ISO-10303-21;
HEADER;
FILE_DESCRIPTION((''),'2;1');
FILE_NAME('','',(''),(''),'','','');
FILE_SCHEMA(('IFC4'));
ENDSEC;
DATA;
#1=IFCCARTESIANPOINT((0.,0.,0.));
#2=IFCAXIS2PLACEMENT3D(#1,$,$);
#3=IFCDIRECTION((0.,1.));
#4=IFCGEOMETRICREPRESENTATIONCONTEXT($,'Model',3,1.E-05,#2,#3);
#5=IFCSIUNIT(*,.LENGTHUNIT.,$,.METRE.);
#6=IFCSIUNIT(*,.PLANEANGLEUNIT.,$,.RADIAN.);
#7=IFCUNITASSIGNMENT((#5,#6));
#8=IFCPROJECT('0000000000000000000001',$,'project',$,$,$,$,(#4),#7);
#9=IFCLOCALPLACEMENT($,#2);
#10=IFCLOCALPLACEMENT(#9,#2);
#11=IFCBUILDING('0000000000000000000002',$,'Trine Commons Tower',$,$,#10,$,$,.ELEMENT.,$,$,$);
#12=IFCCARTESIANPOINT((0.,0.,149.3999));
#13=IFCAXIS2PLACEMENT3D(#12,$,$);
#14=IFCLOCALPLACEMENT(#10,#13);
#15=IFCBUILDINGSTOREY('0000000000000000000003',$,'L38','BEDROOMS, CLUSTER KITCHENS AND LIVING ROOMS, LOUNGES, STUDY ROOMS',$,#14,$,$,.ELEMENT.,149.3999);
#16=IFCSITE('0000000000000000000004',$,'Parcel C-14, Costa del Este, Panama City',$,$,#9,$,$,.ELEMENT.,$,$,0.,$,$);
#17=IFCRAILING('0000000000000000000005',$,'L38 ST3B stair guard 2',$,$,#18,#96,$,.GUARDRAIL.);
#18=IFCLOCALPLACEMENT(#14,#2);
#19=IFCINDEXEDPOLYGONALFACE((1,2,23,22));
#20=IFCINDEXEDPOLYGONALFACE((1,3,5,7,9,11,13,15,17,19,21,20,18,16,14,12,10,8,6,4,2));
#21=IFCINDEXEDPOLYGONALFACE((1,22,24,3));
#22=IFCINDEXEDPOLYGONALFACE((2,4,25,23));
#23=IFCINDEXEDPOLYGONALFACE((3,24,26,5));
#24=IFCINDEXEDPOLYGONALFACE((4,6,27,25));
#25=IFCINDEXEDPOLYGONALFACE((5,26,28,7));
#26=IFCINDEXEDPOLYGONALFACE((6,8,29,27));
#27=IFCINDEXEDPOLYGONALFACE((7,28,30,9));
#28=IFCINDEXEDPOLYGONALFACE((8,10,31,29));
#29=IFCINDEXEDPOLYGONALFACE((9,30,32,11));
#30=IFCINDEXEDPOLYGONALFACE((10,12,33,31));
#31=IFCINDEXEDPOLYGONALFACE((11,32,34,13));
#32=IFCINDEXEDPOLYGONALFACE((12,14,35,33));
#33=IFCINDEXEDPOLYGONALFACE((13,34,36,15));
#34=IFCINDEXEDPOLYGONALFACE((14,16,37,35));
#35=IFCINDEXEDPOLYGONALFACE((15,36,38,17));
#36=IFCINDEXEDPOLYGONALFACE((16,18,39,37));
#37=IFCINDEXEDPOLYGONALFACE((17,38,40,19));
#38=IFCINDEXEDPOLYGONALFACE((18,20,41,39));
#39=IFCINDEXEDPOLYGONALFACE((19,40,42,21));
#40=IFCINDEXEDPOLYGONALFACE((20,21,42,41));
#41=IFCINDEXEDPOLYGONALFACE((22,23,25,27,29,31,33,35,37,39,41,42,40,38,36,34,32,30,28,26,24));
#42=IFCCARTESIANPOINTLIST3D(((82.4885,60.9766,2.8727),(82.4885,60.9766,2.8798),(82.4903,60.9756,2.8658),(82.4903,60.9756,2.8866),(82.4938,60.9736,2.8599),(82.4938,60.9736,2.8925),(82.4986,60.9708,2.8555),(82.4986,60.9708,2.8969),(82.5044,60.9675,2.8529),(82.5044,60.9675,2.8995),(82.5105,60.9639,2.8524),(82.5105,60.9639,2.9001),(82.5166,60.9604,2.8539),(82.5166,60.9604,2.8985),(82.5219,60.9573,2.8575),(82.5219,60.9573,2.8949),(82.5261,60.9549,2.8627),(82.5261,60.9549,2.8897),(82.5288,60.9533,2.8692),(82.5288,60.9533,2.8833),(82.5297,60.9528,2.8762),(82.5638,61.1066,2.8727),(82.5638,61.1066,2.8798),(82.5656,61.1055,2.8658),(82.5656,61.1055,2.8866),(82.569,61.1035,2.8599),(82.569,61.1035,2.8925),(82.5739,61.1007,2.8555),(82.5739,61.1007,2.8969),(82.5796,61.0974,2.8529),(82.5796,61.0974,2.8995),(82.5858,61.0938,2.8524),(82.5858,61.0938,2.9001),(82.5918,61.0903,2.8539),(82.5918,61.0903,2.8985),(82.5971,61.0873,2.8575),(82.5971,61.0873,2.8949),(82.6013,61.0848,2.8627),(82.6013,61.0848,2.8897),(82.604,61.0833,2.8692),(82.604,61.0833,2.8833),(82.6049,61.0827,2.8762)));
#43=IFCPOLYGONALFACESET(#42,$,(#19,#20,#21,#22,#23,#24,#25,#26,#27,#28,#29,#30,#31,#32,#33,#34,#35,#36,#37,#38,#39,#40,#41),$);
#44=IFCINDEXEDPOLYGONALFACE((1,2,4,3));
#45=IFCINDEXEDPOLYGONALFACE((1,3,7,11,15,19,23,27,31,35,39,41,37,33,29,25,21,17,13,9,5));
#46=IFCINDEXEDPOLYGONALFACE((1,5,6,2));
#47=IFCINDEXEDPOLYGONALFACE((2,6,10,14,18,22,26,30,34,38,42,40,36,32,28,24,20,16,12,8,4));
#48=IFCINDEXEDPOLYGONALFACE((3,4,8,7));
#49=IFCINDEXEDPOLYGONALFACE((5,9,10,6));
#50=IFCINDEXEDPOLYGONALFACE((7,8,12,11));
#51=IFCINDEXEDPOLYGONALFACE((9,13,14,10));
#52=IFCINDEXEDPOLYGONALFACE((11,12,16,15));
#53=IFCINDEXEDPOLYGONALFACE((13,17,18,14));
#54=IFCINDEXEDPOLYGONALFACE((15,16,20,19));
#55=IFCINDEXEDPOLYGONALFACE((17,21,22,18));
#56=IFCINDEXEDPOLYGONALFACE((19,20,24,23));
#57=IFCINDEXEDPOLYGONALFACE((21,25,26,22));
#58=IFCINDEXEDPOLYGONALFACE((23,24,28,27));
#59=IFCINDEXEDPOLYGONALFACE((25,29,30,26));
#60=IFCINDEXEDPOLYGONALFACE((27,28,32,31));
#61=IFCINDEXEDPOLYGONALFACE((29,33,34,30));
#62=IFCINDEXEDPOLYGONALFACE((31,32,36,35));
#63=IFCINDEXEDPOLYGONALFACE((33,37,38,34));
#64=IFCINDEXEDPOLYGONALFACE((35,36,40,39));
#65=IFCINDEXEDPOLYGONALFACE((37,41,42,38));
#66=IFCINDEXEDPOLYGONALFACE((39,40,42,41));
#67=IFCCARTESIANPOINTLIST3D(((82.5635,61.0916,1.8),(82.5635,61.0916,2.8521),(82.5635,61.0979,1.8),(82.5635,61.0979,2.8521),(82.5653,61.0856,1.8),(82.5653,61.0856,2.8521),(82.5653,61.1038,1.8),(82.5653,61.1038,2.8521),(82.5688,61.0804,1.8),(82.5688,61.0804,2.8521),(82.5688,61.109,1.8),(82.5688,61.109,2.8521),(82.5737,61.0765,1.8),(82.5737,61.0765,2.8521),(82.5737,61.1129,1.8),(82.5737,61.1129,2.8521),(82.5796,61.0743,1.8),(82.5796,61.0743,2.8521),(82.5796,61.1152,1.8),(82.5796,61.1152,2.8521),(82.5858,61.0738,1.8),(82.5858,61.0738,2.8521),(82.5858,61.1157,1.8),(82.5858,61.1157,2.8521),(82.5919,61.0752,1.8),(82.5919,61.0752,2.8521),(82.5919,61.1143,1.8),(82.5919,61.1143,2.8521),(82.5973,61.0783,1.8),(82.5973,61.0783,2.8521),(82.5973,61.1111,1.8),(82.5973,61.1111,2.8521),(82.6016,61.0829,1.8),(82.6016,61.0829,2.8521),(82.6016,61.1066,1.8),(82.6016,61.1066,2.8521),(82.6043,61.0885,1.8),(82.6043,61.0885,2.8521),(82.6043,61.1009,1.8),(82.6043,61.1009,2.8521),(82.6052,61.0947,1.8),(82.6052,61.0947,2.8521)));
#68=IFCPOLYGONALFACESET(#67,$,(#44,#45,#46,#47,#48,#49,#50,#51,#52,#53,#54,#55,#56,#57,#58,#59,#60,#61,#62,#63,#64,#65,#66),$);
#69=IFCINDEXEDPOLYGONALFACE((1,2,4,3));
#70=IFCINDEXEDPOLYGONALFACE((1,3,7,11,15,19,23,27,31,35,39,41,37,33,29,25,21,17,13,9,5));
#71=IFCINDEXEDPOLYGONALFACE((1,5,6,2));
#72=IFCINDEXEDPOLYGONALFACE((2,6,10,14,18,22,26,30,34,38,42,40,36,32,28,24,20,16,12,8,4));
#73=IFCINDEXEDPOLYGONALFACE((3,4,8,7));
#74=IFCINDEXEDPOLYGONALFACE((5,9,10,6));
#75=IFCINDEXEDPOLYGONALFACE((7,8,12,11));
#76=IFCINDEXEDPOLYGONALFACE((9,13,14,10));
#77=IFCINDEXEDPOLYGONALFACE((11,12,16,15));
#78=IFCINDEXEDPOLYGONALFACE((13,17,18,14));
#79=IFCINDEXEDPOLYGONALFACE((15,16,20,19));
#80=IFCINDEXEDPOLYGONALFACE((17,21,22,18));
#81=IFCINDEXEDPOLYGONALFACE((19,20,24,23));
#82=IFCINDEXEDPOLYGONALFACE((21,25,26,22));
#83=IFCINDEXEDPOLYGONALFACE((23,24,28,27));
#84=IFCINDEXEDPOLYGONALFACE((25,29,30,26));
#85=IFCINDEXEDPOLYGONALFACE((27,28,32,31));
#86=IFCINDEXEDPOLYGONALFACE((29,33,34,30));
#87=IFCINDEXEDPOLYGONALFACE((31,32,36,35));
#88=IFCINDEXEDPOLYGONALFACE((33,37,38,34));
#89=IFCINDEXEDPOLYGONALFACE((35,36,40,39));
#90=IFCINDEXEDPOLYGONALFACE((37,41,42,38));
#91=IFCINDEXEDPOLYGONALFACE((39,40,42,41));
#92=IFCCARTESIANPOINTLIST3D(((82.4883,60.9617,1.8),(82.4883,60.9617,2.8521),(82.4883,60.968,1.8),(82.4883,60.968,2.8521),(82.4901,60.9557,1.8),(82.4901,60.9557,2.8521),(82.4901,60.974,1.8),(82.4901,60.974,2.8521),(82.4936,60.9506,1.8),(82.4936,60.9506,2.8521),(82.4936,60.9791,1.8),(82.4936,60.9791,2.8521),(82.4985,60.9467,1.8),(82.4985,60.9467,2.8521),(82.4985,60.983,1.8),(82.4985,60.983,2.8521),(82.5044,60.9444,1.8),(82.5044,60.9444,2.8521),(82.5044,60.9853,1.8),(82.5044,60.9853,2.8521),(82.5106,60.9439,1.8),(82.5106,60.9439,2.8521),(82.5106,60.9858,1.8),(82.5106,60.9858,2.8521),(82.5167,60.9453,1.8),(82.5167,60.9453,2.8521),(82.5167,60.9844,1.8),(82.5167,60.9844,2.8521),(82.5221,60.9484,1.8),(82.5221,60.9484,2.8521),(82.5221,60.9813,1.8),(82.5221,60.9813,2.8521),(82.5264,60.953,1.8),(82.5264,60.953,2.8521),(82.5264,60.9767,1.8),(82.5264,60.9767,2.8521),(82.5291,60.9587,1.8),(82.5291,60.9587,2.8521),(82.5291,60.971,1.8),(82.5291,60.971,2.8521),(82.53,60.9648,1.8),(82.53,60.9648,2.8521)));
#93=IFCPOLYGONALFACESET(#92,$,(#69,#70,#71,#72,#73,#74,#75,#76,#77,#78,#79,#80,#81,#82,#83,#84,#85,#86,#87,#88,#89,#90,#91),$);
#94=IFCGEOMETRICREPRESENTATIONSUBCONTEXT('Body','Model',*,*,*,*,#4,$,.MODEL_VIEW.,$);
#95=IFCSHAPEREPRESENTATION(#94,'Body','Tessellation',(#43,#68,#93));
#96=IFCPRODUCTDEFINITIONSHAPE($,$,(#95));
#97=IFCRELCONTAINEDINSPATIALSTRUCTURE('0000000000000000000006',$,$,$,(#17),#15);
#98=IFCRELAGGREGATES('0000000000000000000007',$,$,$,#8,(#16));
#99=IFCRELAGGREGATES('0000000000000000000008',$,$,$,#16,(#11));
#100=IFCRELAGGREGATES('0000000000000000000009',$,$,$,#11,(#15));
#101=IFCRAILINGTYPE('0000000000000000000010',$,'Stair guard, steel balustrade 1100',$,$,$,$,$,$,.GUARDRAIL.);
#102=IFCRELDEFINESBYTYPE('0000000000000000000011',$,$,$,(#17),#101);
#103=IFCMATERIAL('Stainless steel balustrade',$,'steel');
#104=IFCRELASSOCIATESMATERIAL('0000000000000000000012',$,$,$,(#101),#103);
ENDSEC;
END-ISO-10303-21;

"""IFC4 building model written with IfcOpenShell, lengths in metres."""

from ifc_helpers import new_model, si_unit, direction, frame, origin, origin_2d, place, context, subcontext, project, spatial, circle, extrude, material, type_object, element, save


model = new_model("IFC4")

# Units and contexts
model_context = context("Model", 3, precision=1e-05, world=origin(), true_north=direction((0.0, 1.0)))
body_context = subcontext(model_context, "Body", "Model", "MODEL_VIEW")
ifc_project = project(units=[si_unit("LENGTHUNIT", "METRE"), si_unit("PLANEANGLEUNIT", "RADIAN")], contexts=[model_context])

# Site, building, storey
site_placement = place(None, origin())
site = spatial("IfcSite", under=ifc_project, at=site_placement, Name="Parcel C-14, Costa del Este, Panama City", CompositionType="ELEMENT", RefElevation=0.0)
building_placement = place(site_placement, origin())
building = spatial("IfcBuilding", under=site, at=building_placement, Name="Trine Commons Tower", CompositionType="ELEMENT")
storey_placement = place(building_placement, frame((0.0, 0.0, 149.3999)))
storey = spatial("IfcBuildingStorey", under=building, at=storey_placement, Name="L38", Description="BEDROOMS, CLUSTER KITCHENS AND LIVING ROOMS, LOUNGES, STUDY ROOMS", CompositionType="ELEMENT", Elevation=149.3999)

# Railing
ifc_material_1 = material(Name="Stainless steel balustrade", Category="steel")
railing_type_1 = type_object("IfcRailingType", Name="Stair guard, steel balustrade 1100", PredefinedType="GUARDRAIL", material=ifc_material_1)
railing_1_placement = place(storey_placement, frame((82.5842, 61.0947, 1.8)))
element("IfcRailing", 1, at=railing_1_placement, inside=storey, type_object=railing_type_1, Name="L38 ST3B stair guard 2", PredefinedType="GUARDRAIL", context=body_context, shape_type="SweptSolid", body=[
    extrude(circle(Radius=0.0239, at=origin_2d()), frame((0.0, 0.0, 1.0762), z_axis=(-0.501036, -0.865426, 0.0), x_axis=(0.865426, -0.501036, 0.0)), (0.0, 0.0, 1.0), 0.1501),
    extrude(circle(Radius=0.021, at=origin_2d()), origin(), (0.0, 0.0, 1.0), 1.052),
    extrude(circle(Radius=0.021, at=origin_2d()), frame((-0.0752, -0.1299, 0.0)), (0.0, 0.0, 1.0), 1.052),
])

save(model, "model.ifc")
